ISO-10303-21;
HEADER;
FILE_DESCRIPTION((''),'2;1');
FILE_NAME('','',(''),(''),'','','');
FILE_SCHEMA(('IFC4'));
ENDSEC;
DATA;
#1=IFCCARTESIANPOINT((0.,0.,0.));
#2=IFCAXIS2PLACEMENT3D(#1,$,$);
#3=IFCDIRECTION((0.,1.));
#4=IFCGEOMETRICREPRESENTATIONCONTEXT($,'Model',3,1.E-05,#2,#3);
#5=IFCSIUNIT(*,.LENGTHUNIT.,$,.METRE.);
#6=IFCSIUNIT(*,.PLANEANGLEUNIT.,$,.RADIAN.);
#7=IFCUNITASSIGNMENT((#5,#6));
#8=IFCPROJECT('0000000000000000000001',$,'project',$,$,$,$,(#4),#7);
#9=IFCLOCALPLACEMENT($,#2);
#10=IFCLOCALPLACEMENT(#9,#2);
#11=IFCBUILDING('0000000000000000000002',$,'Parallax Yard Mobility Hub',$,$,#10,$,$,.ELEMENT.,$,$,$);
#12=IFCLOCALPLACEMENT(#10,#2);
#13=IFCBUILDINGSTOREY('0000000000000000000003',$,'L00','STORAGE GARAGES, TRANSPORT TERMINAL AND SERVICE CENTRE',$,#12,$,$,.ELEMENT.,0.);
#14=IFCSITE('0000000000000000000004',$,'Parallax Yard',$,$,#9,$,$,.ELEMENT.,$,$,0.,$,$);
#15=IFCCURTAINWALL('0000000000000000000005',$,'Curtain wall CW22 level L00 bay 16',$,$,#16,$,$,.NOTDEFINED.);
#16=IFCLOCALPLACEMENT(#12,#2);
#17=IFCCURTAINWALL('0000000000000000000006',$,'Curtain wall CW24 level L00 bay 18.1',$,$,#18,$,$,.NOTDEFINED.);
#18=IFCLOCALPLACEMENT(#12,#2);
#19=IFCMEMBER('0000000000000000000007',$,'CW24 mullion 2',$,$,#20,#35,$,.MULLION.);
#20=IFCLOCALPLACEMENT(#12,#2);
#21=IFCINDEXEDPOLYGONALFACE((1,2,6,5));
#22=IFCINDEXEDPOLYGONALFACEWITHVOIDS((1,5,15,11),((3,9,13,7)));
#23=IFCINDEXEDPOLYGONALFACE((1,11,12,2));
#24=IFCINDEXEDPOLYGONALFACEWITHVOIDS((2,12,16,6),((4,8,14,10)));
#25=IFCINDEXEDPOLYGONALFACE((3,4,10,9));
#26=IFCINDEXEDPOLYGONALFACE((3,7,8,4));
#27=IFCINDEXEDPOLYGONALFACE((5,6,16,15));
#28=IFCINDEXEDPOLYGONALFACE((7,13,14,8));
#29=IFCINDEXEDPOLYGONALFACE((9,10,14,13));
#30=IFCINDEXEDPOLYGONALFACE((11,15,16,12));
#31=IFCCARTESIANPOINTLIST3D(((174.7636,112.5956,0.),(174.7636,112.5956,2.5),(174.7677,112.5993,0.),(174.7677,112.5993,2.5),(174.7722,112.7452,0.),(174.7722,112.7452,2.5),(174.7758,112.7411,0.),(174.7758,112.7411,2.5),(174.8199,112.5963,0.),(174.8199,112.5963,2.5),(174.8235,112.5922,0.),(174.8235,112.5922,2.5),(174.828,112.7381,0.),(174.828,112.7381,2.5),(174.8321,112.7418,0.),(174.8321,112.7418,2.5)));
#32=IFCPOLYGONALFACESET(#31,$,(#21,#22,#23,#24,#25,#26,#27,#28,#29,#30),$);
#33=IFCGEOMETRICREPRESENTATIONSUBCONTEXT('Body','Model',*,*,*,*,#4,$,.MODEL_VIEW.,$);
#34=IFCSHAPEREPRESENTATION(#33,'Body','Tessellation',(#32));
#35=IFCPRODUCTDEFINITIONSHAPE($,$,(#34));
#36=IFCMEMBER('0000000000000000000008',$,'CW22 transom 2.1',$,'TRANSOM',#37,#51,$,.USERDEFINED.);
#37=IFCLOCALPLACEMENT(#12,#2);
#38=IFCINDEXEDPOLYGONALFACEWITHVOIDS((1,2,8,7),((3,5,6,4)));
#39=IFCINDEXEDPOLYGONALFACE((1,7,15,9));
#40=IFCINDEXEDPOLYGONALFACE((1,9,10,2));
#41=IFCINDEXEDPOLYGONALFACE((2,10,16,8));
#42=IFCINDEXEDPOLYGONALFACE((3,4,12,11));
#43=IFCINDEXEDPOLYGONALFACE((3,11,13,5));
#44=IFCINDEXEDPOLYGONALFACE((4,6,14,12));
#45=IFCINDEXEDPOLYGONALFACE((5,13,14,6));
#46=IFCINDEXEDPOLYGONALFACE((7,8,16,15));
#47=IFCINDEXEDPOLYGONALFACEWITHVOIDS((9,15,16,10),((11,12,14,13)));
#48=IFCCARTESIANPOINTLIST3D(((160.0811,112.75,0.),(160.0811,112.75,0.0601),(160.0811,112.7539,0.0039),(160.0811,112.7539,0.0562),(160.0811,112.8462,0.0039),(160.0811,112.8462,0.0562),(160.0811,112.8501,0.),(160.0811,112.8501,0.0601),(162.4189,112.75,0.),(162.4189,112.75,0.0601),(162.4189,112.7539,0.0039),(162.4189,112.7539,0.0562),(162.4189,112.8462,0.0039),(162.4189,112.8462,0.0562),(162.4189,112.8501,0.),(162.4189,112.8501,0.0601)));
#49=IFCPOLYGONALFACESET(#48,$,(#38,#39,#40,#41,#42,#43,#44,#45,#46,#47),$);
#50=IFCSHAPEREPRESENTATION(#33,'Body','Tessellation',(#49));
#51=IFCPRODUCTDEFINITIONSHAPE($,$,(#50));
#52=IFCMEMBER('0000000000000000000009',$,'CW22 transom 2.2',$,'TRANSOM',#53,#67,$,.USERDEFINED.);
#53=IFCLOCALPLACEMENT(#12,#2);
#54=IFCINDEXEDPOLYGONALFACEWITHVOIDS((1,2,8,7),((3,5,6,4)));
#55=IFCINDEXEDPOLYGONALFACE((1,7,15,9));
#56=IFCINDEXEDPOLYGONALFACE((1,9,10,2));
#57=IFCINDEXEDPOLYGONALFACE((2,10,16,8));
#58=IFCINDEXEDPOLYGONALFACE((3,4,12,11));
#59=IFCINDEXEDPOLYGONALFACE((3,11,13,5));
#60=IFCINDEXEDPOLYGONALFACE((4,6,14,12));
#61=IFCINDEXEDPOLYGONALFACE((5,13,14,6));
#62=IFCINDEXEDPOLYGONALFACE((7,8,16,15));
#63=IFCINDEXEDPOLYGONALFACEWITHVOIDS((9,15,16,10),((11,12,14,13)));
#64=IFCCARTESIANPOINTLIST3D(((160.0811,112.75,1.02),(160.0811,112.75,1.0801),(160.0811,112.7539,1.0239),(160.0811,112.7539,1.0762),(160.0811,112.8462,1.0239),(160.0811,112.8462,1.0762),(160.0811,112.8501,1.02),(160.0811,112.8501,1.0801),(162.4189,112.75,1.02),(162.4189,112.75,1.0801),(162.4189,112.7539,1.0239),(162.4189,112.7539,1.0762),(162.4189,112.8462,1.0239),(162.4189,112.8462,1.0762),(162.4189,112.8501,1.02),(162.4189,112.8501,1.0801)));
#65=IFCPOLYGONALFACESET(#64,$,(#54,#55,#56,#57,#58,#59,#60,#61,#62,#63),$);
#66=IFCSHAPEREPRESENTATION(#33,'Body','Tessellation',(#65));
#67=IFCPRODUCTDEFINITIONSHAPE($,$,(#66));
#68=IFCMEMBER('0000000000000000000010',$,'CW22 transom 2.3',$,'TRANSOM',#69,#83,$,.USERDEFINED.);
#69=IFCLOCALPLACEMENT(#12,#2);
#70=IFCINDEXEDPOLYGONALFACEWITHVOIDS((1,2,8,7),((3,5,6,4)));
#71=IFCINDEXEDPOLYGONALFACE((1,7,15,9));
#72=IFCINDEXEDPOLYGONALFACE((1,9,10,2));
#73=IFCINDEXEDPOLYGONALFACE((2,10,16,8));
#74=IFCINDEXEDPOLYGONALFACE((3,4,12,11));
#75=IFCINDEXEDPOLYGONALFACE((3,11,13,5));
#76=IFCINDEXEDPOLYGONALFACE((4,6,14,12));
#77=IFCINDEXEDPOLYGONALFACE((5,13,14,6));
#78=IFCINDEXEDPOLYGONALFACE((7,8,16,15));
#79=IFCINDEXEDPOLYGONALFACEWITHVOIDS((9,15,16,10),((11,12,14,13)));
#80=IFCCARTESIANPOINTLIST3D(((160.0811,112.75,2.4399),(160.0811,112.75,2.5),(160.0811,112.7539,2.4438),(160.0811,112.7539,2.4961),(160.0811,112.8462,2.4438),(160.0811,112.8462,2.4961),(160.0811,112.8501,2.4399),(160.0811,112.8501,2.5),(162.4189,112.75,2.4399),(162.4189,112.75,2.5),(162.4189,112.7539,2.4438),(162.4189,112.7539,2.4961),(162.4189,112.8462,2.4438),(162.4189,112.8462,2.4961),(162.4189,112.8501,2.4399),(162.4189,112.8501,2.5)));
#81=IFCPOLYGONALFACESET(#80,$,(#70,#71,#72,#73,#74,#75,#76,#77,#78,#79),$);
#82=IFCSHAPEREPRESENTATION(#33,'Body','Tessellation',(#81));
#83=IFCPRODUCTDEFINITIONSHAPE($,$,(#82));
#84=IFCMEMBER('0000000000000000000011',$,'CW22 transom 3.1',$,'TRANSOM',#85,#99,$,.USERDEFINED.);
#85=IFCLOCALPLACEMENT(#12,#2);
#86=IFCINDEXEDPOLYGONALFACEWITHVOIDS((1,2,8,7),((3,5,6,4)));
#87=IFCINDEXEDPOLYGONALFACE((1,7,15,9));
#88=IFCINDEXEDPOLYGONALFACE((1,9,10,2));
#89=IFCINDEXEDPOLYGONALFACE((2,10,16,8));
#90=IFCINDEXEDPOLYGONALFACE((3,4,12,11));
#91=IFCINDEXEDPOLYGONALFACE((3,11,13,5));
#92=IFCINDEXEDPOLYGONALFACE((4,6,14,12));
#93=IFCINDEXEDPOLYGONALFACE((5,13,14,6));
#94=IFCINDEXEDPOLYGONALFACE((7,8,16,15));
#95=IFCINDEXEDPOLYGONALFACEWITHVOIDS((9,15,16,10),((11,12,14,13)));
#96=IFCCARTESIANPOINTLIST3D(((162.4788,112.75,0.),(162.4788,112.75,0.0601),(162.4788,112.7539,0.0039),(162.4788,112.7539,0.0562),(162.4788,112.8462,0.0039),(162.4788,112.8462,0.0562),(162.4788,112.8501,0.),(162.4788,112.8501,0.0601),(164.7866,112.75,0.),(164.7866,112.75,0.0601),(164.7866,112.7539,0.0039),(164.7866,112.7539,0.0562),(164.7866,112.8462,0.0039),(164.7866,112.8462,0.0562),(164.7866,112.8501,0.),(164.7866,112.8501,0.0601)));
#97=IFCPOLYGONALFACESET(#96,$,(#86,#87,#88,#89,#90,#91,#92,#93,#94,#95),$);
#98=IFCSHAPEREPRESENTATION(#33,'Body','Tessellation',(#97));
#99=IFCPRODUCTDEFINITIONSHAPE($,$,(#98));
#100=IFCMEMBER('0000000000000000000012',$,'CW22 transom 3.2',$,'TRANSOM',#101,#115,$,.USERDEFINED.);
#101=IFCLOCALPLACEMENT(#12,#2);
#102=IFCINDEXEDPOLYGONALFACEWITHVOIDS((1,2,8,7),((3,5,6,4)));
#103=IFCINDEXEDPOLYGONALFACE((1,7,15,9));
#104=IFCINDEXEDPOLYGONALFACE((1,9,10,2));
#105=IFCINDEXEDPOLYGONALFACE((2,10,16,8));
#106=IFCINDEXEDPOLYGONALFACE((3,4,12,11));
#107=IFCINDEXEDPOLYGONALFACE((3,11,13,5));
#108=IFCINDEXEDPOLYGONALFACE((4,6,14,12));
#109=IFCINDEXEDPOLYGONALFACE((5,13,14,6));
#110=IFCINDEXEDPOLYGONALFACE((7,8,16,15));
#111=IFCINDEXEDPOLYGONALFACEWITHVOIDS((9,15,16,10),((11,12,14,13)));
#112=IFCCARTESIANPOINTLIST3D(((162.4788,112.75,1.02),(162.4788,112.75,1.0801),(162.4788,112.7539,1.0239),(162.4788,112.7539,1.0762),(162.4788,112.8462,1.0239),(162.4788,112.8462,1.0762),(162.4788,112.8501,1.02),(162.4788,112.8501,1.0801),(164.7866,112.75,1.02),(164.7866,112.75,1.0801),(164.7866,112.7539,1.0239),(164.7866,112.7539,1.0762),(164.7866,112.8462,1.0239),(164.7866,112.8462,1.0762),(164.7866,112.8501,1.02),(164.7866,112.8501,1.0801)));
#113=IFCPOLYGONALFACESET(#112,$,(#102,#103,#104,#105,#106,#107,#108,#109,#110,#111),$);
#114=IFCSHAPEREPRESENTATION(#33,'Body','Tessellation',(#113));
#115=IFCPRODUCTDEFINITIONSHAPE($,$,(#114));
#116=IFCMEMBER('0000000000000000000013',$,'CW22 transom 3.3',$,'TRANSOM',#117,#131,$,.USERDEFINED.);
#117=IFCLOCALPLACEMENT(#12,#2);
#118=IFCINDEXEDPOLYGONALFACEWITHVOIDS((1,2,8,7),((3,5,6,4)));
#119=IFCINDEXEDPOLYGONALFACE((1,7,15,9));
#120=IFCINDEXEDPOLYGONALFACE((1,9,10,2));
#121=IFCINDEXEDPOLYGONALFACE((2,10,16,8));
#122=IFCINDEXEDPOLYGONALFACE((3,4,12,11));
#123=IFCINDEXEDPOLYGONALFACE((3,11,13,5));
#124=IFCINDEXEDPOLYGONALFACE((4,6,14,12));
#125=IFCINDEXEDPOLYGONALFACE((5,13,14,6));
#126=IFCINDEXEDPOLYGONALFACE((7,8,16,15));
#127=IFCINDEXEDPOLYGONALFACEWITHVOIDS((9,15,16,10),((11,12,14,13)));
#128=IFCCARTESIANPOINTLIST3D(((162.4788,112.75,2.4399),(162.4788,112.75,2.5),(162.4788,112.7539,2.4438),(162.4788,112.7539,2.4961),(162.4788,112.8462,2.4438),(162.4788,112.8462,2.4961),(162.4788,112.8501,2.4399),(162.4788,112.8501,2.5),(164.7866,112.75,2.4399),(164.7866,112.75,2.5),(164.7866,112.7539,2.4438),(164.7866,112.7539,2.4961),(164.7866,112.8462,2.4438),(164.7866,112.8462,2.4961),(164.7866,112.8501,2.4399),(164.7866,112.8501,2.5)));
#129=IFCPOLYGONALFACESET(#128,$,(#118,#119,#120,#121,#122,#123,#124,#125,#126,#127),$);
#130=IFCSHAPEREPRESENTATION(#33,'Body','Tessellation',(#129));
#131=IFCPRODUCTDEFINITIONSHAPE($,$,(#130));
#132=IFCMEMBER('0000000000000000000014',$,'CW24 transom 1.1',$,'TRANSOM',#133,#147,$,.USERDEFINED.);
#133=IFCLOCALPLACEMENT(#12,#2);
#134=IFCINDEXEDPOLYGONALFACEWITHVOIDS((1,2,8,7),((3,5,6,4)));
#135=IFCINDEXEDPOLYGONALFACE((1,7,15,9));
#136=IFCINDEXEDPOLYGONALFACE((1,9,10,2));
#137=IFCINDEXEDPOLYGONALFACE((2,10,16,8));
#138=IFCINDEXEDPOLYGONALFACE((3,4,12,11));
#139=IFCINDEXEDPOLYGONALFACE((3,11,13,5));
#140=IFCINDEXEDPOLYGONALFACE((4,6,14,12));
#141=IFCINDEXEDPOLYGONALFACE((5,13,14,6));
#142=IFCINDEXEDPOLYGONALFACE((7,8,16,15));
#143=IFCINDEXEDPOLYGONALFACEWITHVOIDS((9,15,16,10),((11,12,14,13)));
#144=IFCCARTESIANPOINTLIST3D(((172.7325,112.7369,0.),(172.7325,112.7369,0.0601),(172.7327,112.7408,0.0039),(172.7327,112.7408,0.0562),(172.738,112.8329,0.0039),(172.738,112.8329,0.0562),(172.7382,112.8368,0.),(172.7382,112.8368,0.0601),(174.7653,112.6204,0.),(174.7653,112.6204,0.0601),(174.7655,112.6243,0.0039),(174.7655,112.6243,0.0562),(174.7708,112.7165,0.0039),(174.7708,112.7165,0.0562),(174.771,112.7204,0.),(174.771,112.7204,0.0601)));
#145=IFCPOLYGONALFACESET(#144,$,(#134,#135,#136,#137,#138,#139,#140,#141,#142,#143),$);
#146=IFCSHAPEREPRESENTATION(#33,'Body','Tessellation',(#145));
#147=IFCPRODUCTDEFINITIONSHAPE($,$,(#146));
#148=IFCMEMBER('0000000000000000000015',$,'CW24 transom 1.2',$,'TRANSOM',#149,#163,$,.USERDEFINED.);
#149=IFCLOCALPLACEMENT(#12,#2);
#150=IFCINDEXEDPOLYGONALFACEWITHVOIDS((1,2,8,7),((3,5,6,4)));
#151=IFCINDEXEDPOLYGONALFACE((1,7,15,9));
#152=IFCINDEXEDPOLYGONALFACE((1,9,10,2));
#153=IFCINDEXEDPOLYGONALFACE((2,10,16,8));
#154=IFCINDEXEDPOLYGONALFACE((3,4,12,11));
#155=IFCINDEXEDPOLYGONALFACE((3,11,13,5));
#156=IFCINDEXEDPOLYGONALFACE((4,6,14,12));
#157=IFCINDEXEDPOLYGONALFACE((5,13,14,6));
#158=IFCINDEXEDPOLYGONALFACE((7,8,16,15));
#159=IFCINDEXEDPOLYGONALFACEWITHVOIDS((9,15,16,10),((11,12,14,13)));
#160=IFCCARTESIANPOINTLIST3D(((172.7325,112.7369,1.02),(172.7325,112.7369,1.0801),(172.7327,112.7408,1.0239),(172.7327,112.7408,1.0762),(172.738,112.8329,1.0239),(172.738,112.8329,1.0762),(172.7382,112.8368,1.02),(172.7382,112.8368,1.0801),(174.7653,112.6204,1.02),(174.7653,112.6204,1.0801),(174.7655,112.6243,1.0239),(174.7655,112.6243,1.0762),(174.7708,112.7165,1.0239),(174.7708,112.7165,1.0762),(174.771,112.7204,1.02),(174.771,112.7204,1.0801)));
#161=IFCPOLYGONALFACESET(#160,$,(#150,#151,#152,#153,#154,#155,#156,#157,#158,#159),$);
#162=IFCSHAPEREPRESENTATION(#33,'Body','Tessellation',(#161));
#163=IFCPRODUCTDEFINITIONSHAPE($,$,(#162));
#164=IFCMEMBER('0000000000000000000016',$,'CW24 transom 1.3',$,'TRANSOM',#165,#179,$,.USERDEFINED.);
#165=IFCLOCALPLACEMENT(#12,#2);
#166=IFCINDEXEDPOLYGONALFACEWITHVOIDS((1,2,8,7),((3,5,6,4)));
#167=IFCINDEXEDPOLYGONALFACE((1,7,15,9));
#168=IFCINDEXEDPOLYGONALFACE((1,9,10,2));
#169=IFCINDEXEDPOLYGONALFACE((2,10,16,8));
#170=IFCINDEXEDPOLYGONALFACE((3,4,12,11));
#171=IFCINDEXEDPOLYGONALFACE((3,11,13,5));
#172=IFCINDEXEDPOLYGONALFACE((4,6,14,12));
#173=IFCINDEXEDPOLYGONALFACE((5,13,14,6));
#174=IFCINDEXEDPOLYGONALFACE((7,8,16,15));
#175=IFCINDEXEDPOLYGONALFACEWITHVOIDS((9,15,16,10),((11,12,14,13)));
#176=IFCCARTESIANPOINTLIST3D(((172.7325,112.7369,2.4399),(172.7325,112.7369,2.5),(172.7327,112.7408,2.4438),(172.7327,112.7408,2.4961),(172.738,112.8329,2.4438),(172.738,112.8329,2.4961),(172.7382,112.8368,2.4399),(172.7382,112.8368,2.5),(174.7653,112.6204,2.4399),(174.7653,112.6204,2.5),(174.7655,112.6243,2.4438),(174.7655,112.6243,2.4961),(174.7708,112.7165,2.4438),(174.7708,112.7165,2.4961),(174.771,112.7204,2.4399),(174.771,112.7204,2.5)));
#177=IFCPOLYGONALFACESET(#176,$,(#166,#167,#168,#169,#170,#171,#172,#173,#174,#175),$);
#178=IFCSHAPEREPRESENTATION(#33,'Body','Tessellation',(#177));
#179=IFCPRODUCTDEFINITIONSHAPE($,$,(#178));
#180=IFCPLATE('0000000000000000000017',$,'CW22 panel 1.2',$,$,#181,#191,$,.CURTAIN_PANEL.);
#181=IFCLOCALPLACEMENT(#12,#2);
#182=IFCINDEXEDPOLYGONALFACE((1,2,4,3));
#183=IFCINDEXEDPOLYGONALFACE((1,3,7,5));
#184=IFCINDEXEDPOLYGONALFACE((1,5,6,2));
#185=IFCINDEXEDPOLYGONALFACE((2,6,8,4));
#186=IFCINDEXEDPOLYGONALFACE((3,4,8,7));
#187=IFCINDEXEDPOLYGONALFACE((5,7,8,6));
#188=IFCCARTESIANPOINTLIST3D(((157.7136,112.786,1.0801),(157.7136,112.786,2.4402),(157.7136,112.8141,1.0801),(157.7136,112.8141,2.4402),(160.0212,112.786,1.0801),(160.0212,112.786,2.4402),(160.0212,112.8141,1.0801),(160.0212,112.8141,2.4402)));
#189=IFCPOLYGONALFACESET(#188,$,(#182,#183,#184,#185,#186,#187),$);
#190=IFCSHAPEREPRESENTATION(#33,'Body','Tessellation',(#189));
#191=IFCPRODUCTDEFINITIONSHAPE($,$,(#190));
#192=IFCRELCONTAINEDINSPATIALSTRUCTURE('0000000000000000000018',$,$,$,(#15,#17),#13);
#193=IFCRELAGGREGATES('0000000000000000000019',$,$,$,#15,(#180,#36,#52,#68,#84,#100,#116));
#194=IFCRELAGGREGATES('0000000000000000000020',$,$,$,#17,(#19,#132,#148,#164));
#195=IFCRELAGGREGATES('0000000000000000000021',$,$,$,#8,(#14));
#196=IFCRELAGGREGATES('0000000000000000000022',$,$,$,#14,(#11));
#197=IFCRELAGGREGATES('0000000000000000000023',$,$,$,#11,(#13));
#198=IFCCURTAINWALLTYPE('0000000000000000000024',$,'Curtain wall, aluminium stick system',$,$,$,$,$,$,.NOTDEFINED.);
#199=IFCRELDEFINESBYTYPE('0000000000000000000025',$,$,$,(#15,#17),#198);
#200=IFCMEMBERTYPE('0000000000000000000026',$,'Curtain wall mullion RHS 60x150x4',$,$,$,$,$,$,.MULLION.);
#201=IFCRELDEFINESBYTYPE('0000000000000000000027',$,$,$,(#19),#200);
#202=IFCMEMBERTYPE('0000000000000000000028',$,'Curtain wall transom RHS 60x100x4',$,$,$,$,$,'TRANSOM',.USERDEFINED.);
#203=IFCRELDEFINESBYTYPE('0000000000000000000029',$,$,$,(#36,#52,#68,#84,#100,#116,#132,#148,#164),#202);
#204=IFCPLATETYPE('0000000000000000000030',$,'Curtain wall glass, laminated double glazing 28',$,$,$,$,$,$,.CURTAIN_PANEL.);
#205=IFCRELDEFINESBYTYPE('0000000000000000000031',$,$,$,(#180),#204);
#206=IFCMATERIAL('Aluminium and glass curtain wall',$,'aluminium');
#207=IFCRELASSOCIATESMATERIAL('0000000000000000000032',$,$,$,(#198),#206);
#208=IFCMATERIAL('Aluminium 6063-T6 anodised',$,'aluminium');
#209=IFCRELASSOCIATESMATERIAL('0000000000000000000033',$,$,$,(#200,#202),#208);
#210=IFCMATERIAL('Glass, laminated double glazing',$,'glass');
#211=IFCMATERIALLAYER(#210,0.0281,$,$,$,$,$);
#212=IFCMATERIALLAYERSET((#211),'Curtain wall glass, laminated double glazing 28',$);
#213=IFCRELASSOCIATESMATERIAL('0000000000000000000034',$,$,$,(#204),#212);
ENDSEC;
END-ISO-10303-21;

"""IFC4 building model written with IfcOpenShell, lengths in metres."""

from ifc_helpers import new_model, si_unit, direction, frame, origin, origin_2d, place, context, subcontext, project, spatial, rectangle, hollow_rectangle, extrude, material, layer, layer_set, material_profile, profile_set, type_object, element, aggregate, save


model = new_model("IFC4")

# Units and contexts
model_context = context("Model", 3, precision=1e-05, world=origin(), true_north=direction((0.0, 1.0)))
body_context = subcontext(model_context, "Body", "Model", "MODEL_VIEW")
ifc_project = project(units=[si_unit("LENGTHUNIT", "METRE"), si_unit("PLANEANGLEUNIT", "RADIAN")], contexts=[model_context])

# Site, building, storey
site_placement = place(None, origin())
site = spatial("IfcSite", under=ifc_project, at=site_placement, Name="Parallax Yard", CompositionType="ELEMENT", RefElevation=0.0)
building_placement = place(site_placement, origin())
building = spatial("IfcBuilding", under=site, at=building_placement, Name="Parallax Yard Mobility Hub", CompositionType="ELEMENT")
storey_placement = place(building_placement, origin())
storey = spatial("IfcBuildingStorey", under=building, at=storey_placement, Name="L00", Description="STORAGE GARAGES, TRANSPORT TERMINAL AND SERVICE CENTRE", CompositionType="ELEMENT", Elevation=0.0)

# Curtain walls, member
ifc_material_1 = material(Name="Aluminium and glass curtain wall", Category="aluminium")
curtain_wall_type = type_object("IfcCurtainWallType", Name="Curtain wall, aluminium stick system", PredefinedType="NOTDEFINED", material=ifc_material_1)
curtain_wall_1_placement = place(storey_placement, origin())
curtain_wall_1 = element("IfcCurtainWall", 1, at=curtain_wall_1_placement, inside=storey, type_object=curtain_wall_type, Name="Curtain wall CW22 level L00 bay 16", PredefinedType="NOTDEFINED")
ifc_material_2 = material(Name="Aluminium 6063-T6 anodised", Category="aluminium")
ifc_material_profile_1 = material_profile(ifc_material_2, hollow_rectangle(XDim=0.1499, YDim=0.0601, WallThickness=0.0039, at=origin_2d()), Name="RHS 60x150x4")
ifc_profile_set_1 = profile_set([ifc_material_profile_1], Name="Aluminium 6063-T6 anodised")
member_type_1 = type_object("IfcMemberType", Name="Curtain wall mullion RHS 60x150x4", PredefinedType="MULLION", material=ifc_profile_set_1)
curtain_wall_2_placement = place(storey_placement, origin())
curtain_wall_2 = element("IfcCurtainWall", 2, at=curtain_wall_2_placement, inside=storey, type_object=curtain_wall_type, Name="Curtain wall CW24 level L00 bay 18.1", PredefinedType="NOTDEFINED")
member_1_placement = place(storey_placement, frame((174.7979, 112.6687, 0.0), z_axis=(0.0, 0.0, 1.0), x_axis=(0.057237, 0.998361, 0.0)))
member_1 = element("IfcMember", 3, at=member_1_placement, type_object=member_type_1, Name="CW24 mullion 2", PredefinedType="MULLION", context=body_context, shape_type="SweptSolid", body=[
    extrude(hollow_rectangle(XDim=0.1499, YDim=0.0601, WallThickness=0.0039, at=origin_2d()), origin(), (0.0, 0.0, 1.0), 2.5),
])

# Members
ifc_material_profile_2 = material_profile(ifc_material_2, hollow_rectangle(XDim=0.1001, YDim=0.0601, WallThickness=0.0039, at=origin_2d()), Name="RHS 60x100x4")
ifc_profile_set_2 = profile_set([ifc_material_profile_2], Name="Aluminium 6063-T6 anodised")
member_type_2 = type_object("IfcMemberType", Name="Curtain wall transom RHS 60x100x4", ElementType="TRANSOM", PredefinedType="USERDEFINED", material=ifc_profile_set_2)
member_2_placement = place(storey_placement, frame((160.0811, 112.8, 0.03), z_axis=(1.0, 0.0, 0.0), x_axis=(0.0, 1.0, 0.0)))
member_2 = element("IfcMember", 4, at=member_2_placement, type_object=member_type_2, Name="CW22 transom 2.1", ObjectType="TRANSOM", PredefinedType="USERDEFINED", context=body_context, shape_type="SweptSolid", body=[
    extrude(hollow_rectangle(XDim=0.1001, YDim=0.0601, WallThickness=0.0039, at=origin_2d()), origin(), (0.0, 0.0, 1.0), 2.3379),
])
member_3_placement = place(storey_placement, frame((160.0811, 112.8, 1.05), z_axis=(1.0, 0.0, 0.0), x_axis=(0.0, 1.0, 0.0)))
member_3 = element("IfcMember", 5, at=member_3_placement, type_object=member_type_2, Name="CW22 transom 2.2", ObjectType="TRANSOM", PredefinedType="USERDEFINED", context=body_context, shape_type="SweptSolid", body=[
    extrude(hollow_rectangle(XDim=0.1001, YDim=0.0601, WallThickness=0.0039, at=origin_2d()), origin(), (0.0, 0.0, 1.0), 2.3379),
])
member_4_placement = place(storey_placement, frame((160.0811, 112.8, 2.47), z_axis=(1.0, 0.0, 0.0), x_axis=(0.0, 1.0, 0.0)))
member_4 = element("IfcMember", 6, at=member_4_placement, type_object=member_type_2, Name="CW22 transom 2.3", ObjectType="TRANSOM", PredefinedType="USERDEFINED", context=body_context, shape_type="SweptSolid", body=[
    extrude(hollow_rectangle(XDim=0.1001, YDim=0.0601, WallThickness=0.0039, at=origin_2d()), origin(), (0.0, 0.0, 1.0), 2.3379),
])
member_5_placement = place(storey_placement, frame((162.4788, 112.8, 0.03), z_axis=(1.0, 0.0, 0.0), x_axis=(0.0, 1.0, 0.0)))
member_5 = element("IfcMember", 7, at=member_5_placement, type_object=member_type_2, Name="CW22 transom 3.1", ObjectType="TRANSOM", PredefinedType="USERDEFINED", context=body_context, shape_type="SweptSolid", body=[
    extrude(hollow_rectangle(XDim=0.1001, YDim=0.0601, WallThickness=0.0039, at=origin_2d()), origin(), (0.0, 0.0, 1.0), 2.3079),
])
member_6_placement = place(storey_placement, frame((162.4788, 112.8, 1.05), z_axis=(1.0, 0.0, 0.0), x_axis=(0.0, 1.0, 0.0)))
member_6 = element("IfcMember", 8, at=member_6_placement, type_object=member_type_2, Name="CW22 transom 3.2", ObjectType="TRANSOM", PredefinedType="USERDEFINED", context=body_context, shape_type="SweptSolid", body=[
    extrude(hollow_rectangle(XDim=0.1001, YDim=0.0601, WallThickness=0.0039, at=origin_2d()), origin(), (0.0, 0.0, 1.0), 2.3079),
])
member_7_placement = place(storey_placement, frame((162.4788, 112.8, 2.47), z_axis=(1.0, 0.0, 0.0), x_axis=(0.0, 1.0, 0.0)))
member_7 = element("IfcMember", 9, at=member_7_placement, type_object=member_type_2, Name="CW22 transom 3.3", ObjectType="TRANSOM", PredefinedType="USERDEFINED", context=body_context, shape_type="SweptSolid", body=[
    extrude(hollow_rectangle(XDim=0.1001, YDim=0.0601, WallThickness=0.0039, at=origin_2d()), origin(), (0.0, 0.0, 1.0), 2.3079),
])
member_8_placement = place(storey_placement, frame((172.7354, 112.7869, 0.03), z_axis=(0.998363, -0.057197, 0.0), x_axis=(0.057197, 0.998363, 0.0)))
member_8 = element("IfcMember", 10, at=member_8_placement, type_object=member_type_2, Name="CW24 transom 1.1", ObjectType="TRANSOM", PredefinedType="USERDEFINED", context=body_context, shape_type="SweptSolid", body=[
    extrude(hollow_rectangle(XDim=0.1001, YDim=0.0601, WallThickness=0.0039, at=origin_2d()), origin(), (0.0, 0.0, 1.0), 2.0361),
])
member_9_placement = place(storey_placement, frame((172.7354, 112.7869, 1.05), z_axis=(0.998363, -0.057197, 0.0), x_axis=(0.057197, 0.998363, 0.0)))
member_9 = element("IfcMember", 11, at=member_9_placement, type_object=member_type_2, Name="CW24 transom 1.2", ObjectType="TRANSOM", PredefinedType="USERDEFINED", context=body_context, shape_type="SweptSolid", body=[
    extrude(hollow_rectangle(XDim=0.1001, YDim=0.0601, WallThickness=0.0039, at=origin_2d()), origin(), (0.0, 0.0, 1.0), 2.0361),
])
member_10_placement = place(storey_placement, frame((172.7354, 112.7869, 2.47), z_axis=(0.998363, -0.057197, 0.0), x_axis=(0.057197, 0.998363, 0.0)))
member_10 = element("IfcMember", 12, at=member_10_placement, type_object=member_type_2, Name="CW24 transom 1.3", ObjectType="TRANSOM", PredefinedType="USERDEFINED", context=body_context, shape_type="SweptSolid", body=[
    extrude(hollow_rectangle(XDim=0.1001, YDim=0.0601, WallThickness=0.0039, at=origin_2d()), origin(), (0.0, 0.0, 1.0), 2.0361),
])

# Plate
ifc_material_3 = material(Name="Glass, laminated double glazing", Category="glass")
ifc_layer_1 = layer(ifc_material_3, 0.0281)
ifc_layer_set_1 = layer_set([ifc_layer_1], Name="Curtain wall glass, laminated double glazing 28")
plate_type = type_object("IfcPlateType", Name="Curtain wall glass, laminated double glazing 28", PredefinedType="CURTAIN_PANEL", material=ifc_layer_set_1)
plate_1_placement = place(storey_placement, frame((158.8674, 112.8, 1.0801), z_axis=(0.0, 0.0, 1.0), x_axis=(1.0, 0.0, 0.0)))
plate_1 = element("IfcPlate", 13, at=plate_1_placement, type_object=plate_type, Name="CW22 panel 1.2", PredefinedType="CURTAIN_PANEL", context=body_context, shape_type="SweptSolid", body=[
    extrude(rectangle(XDim=2.3076, YDim=0.0281, at=origin_2d()), origin(), (0.0, 0.0, 1.0), 1.3601),
])
aggregate(curtain_wall_1, [plate_1, member_2, member_3, member_4, member_5, member_6, member_7])
aggregate(curtain_wall_2, [member_1, member_8, member_9, member_10])

save(model, "model.ifc")
